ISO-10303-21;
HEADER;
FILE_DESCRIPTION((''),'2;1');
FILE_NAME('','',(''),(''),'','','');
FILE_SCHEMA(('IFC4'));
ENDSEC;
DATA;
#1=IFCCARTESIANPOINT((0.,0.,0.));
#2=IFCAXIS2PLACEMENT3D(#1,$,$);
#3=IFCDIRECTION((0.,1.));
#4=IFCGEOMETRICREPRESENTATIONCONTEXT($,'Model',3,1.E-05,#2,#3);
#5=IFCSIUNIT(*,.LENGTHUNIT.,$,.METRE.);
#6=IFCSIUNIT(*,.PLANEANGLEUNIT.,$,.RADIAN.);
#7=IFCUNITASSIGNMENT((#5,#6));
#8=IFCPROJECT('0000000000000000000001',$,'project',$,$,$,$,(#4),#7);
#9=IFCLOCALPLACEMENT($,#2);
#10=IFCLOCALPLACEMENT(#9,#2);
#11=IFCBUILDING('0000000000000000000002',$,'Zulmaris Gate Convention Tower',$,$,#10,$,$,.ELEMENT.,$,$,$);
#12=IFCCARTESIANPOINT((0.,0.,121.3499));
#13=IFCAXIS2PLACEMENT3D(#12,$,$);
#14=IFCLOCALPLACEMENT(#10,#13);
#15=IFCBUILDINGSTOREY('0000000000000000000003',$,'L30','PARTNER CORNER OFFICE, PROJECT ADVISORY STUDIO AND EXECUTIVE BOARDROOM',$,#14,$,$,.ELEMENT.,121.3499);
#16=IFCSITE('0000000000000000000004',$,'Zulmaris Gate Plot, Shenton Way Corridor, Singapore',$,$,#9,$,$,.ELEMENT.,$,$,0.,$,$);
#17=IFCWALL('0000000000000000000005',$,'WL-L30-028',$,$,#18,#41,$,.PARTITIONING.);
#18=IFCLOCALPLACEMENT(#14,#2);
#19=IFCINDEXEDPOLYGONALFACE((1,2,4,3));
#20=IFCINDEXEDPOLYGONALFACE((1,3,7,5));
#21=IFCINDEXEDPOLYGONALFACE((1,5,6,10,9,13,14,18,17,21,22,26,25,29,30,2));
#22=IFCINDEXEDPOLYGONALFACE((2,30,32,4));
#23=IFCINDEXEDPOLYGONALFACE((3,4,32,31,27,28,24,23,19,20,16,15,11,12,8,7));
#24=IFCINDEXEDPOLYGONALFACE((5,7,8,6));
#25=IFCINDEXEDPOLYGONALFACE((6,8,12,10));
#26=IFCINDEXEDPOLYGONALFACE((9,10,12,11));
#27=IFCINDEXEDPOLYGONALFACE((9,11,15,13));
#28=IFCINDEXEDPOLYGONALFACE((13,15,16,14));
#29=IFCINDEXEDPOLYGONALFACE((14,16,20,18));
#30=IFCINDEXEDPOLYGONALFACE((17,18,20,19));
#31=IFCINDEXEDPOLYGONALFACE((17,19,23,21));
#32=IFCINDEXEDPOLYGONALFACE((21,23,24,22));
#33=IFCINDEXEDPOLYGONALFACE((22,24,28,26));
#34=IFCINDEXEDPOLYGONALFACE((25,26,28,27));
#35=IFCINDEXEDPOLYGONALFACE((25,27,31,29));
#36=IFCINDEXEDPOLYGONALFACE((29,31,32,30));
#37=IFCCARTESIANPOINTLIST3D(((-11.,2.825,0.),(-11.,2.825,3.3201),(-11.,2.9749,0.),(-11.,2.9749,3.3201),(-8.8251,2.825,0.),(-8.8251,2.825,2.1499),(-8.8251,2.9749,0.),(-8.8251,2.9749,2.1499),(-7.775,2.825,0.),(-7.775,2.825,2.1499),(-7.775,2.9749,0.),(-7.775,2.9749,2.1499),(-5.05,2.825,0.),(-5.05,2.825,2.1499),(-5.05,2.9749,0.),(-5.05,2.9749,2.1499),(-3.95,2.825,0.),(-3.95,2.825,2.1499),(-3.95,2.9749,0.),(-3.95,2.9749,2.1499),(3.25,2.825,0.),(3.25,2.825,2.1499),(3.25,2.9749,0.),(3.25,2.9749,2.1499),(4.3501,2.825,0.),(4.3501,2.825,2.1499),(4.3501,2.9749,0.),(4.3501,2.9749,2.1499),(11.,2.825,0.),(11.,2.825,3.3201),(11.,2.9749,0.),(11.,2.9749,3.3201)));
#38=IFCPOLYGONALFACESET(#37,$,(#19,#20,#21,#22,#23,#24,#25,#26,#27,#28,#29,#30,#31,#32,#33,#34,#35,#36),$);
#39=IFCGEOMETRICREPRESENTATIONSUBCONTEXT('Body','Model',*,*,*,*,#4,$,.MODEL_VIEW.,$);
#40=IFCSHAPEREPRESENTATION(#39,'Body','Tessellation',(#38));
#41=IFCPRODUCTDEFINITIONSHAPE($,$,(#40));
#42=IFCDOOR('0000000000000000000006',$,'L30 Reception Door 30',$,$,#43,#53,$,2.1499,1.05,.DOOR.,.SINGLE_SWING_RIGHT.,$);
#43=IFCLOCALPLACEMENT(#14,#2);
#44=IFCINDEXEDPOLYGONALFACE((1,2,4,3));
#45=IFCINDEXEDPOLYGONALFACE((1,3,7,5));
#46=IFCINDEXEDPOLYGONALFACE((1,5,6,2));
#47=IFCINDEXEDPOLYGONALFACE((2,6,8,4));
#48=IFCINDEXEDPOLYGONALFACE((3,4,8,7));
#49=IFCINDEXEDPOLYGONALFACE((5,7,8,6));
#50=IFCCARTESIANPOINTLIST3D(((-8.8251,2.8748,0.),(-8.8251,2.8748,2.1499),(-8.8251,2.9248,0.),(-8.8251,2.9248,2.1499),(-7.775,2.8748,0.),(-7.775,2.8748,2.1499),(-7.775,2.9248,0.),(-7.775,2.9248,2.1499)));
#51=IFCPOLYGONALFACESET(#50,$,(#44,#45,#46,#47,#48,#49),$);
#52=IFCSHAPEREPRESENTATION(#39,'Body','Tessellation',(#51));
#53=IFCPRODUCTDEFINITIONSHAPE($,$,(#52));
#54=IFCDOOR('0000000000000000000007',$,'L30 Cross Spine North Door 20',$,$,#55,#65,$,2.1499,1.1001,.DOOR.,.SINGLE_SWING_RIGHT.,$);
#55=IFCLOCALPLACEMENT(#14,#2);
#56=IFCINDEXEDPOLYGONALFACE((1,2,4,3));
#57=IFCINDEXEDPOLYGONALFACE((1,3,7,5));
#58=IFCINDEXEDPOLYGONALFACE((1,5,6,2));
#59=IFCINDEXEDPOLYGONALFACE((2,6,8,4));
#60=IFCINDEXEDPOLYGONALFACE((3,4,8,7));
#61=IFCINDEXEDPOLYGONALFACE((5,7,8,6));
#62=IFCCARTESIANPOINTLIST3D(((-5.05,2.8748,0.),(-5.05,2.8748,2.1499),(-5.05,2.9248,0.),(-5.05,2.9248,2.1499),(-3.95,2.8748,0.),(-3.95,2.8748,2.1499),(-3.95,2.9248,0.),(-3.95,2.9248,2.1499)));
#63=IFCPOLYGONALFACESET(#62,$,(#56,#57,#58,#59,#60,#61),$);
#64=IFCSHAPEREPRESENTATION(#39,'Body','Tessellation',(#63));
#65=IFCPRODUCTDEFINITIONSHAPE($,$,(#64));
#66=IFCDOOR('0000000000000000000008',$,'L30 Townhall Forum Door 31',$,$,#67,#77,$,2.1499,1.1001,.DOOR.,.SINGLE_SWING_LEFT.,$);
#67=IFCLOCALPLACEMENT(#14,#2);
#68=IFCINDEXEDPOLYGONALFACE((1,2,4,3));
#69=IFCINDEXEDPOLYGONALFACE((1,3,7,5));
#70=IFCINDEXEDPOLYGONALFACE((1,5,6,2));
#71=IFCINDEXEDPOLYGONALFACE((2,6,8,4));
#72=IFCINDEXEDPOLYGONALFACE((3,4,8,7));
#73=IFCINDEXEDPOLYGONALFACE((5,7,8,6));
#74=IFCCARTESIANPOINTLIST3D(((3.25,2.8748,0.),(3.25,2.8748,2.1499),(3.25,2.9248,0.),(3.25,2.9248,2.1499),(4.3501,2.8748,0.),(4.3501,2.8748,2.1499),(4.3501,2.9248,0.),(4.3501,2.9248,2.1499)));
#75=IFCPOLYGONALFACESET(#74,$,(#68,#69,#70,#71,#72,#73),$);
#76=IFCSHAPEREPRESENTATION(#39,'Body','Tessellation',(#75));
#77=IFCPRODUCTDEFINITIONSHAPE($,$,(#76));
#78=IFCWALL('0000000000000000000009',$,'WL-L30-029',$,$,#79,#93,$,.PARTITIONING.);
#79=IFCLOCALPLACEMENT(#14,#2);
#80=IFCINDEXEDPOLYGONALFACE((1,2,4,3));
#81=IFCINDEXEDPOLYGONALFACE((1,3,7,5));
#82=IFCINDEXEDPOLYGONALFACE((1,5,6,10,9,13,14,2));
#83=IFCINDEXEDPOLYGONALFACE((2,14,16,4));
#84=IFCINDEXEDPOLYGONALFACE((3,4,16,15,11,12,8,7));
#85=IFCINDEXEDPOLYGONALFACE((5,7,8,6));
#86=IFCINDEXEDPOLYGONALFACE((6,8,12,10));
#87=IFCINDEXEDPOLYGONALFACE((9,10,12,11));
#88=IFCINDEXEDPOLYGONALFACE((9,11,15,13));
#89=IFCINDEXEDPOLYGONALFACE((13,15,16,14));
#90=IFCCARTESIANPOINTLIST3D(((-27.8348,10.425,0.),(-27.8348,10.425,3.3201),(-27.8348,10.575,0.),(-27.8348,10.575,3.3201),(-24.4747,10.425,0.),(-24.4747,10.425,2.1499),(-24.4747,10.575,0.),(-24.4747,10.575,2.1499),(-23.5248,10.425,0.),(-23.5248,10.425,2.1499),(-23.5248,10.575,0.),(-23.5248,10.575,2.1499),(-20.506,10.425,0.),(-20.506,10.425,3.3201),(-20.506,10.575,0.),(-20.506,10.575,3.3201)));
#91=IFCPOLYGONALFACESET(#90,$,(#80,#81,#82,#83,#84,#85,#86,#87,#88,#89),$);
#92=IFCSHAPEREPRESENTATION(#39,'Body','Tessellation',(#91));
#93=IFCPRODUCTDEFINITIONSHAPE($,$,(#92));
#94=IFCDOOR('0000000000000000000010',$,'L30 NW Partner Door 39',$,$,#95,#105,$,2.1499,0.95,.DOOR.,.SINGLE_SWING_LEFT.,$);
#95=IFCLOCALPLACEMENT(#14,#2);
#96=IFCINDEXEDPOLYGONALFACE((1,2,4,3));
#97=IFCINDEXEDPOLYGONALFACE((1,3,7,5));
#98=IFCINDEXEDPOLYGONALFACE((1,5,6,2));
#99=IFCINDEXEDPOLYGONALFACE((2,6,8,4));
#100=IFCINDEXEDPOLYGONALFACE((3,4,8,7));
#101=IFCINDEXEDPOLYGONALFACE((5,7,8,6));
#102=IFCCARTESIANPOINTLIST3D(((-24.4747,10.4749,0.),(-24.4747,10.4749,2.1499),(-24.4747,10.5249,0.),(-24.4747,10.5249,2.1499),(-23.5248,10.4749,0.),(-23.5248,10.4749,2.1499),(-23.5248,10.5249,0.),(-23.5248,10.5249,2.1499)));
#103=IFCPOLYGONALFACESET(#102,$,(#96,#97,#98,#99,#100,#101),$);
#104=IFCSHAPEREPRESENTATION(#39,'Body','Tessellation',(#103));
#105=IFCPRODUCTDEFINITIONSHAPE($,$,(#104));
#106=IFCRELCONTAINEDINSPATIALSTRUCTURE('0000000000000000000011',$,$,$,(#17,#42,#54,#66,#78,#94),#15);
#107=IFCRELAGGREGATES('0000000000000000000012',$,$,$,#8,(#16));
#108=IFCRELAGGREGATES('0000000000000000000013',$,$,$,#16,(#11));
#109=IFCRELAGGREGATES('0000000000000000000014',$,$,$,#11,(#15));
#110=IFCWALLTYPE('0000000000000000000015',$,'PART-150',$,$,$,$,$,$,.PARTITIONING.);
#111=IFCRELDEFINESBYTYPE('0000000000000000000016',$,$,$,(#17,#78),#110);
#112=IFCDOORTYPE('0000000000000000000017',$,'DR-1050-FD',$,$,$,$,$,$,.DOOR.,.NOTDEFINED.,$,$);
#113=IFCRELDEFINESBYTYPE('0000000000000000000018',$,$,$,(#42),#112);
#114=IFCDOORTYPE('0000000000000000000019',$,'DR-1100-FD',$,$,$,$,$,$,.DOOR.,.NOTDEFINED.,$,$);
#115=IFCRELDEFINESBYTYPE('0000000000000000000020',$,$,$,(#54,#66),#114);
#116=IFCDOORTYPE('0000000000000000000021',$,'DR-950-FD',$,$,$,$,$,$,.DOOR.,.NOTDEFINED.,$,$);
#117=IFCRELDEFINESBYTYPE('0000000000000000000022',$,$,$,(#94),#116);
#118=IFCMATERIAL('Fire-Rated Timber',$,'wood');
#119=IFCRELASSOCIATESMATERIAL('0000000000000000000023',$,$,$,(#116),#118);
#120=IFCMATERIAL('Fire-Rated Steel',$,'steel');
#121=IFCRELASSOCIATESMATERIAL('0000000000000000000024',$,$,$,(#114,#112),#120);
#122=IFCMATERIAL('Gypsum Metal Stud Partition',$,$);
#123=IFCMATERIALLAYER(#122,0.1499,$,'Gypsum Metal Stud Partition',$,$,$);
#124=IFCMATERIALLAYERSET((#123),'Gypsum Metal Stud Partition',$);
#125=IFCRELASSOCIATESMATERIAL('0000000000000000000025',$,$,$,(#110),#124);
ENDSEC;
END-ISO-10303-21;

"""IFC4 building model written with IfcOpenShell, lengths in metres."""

from ifc_helpers import new_model, si_unit, direction, frame, frame_2d, origin, place, context, subcontext, project, spatial, rectangle, extrude, material, layer, layer_set, type_object, element, fill, save


model = new_model("IFC4")

# Units and contexts
model_context = context("Model", 3, precision=1e-05, world=origin(), true_north=direction((0.0, 1.0)))
body_context = subcontext(model_context, "Body", "Model", "MODEL_VIEW")
ifc_project = project(units=[si_unit("LENGTHUNIT", "METRE"), si_unit("PLANEANGLEUNIT", "RADIAN")], contexts=[model_context])

# Site, building, storey
site_placement = place(None, origin())
site = spatial("IfcSite", under=ifc_project, at=site_placement, Name="Zulmaris Gate Plot, Shenton Way Corridor, Singapore", CompositionType="ELEMENT", RefElevation=0.0)
building_placement = place(site_placement, origin())
building = spatial("IfcBuilding", under=site, at=building_placement, Name="Zulmaris Gate Convention Tower", CompositionType="ELEMENT")
storey_placement = place(building_placement, frame((0.0, 0.0, 121.3499)))
storey = spatial("IfcBuildingStorey", under=building, at=storey_placement, Name="L30", Description="PARTNER CORNER OFFICE, PROJECT ADVISORY STUDIO AND EXECUTIVE BOARDROOM", CompositionType="ELEMENT", Elevation=121.3499)

# Shared definitions
ifc_material_1 = material(Name="Fire-Rated Timber", Category="wood")
door_type_1 = type_object("IfcDoorType", Name="DR-950-FD", OperationType="NOTDEFINED", PredefinedType="DOOR", material=ifc_material_1)
ifc_material_2 = material(Name="Fire-Rated Steel", Category="steel")
door_type_2 = type_object("IfcDoorType", Name="DR-1100-FD", OperationType="NOTDEFINED", PredefinedType="DOOR", material=ifc_material_2)

# Shared definitions
door_type_3 = type_object("IfcDoorType", Name="DR-1050-FD", OperationType="NOTDEFINED", PredefinedType="DOOR", material=ifc_material_2)

# Wall, openings, doors
ifc_material_3 = material(Name="Gypsum Metal Stud Partition")
ifc_layer_1 = layer(ifc_material_3, 0.1499, Name="Gypsum Metal Stud Partition")
ifc_layer_set_1 = layer_set([ifc_layer_1], Name="Gypsum Metal Stud Partition")
wall_type_1 = type_object("IfcWallType", Name="PART-150", PredefinedType="PARTITIONING", material=ifc_layer_set_1)
wall_1_placement = place(storey_placement, frame((-11.0, 2.8999, 0.0), z_axis=(0.0, 0.0, 1.0), x_axis=(1.0, 0.0, 0.0)))
wall_1 = element("IfcWall", 1, at=wall_1_placement, inside=storey, type_object=wall_type_1, Name="WL-L30-028", PredefinedType="PARTITIONING", context=body_context, shape_type="SweptSolid", body=[
    extrude(rectangle(XDim=22.0, YDim=0.1499, at=frame_2d((11.0, 0.0))), origin(), (0.0, 0.0, 1.0), 3.3201),
])
opening_1_placement = place(wall_1_placement, frame((5.95, 0.0, 0.0)))
opening_1 = element("IfcOpeningElement", 2, at=opening_1_placement, cuts=wall_1, PredefinedType="OPENING", context=body_context, shape_type="SweptSolid", body=[
    extrude(rectangle(XDim=1.1001, YDim=2.1499, at=frame_2d((0.55, 1.075))), frame((0.0, 0.085, 0.0), z_axis=(0.0, -1.0, 0.0), x_axis=(1.0, 0.0, 0.0)), (0.0, 0.0, 1.0), 0.1699),
])
opening_2_placement = place(wall_1_placement, frame((2.175, 0.0, 0.0)))
opening_2 = element("IfcOpeningElement", 3, at=opening_2_placement, cuts=wall_1, PredefinedType="OPENING", context=body_context, shape_type="SweptSolid", body=[
    extrude(rectangle(XDim=1.05, YDim=2.1499, at=frame_2d((0.5249, 1.075))), frame((0.0, 0.085, 0.0), z_axis=(0.0, -1.0, 0.0), x_axis=(1.0, 0.0, 0.0)), (0.0, 0.0, 1.0), 0.1699),
])
opening_3_placement = place(wall_1_placement, frame((14.25, 0.0, 0.0)))
opening_3 = element("IfcOpeningElement", 4, at=opening_3_placement, cuts=wall_1, PredefinedType="OPENING", context=body_context, shape_type="SweptSolid", body=[
    extrude(rectangle(XDim=1.1001, YDim=2.1499, at=frame_2d((0.55, 1.075))), frame((0.0, 0.085, 0.0), z_axis=(0.0, -1.0, 0.0), x_axis=(1.0, 0.0, 0.0)), (0.0, 0.0, 1.0), 0.1699),
])
door_1_placement = place(opening_2_placement, origin())
door_1 = element("IfcDoor", 5, at=door_1_placement, inside=storey, type_object=door_type_3, Name="L30 Reception Door 30", OperationType="SINGLE_SWING_RIGHT", OverallHeight=2.1499, OverallWidth=1.05, PredefinedType="DOOR", context=body_context, shape_type="SweptSolid", body=[
    extrude(rectangle(XDim=1.05, YDim=2.1499, at=frame_2d((0.5249, 1.075))), frame((0.0, 0.0249, 0.0), z_axis=(0.0, -1.0, 0.0), x_axis=(1.0, 0.0, 0.0)), (0.0, 0.0, 1.0), 0.05),
])
fill(opening_2, door_1)
door_2_placement = place(opening_1_placement, origin())
door_2 = element("IfcDoor", 6, at=door_2_placement, inside=storey, type_object=door_type_2, Name="L30 Cross Spine North Door 20", OperationType="SINGLE_SWING_RIGHT", OverallHeight=2.1499, OverallWidth=1.1001, PredefinedType="DOOR", context=body_context, shape_type="SweptSolid", body=[
    extrude(rectangle(XDim=1.1001, YDim=2.1499, at=frame_2d((0.55, 1.075))), frame((0.0, 0.0249, 0.0), z_axis=(0.0, -1.0, 0.0), x_axis=(1.0, 0.0, 0.0)), (0.0, 0.0, 1.0), 0.05),
])
fill(opening_1, door_2)
door_3_placement = place(opening_3_placement, origin())
door_3 = element("IfcDoor", 7, at=door_3_placement, inside=storey, type_object=door_type_2, Name="L30 Townhall Forum Door 31", OperationType="SINGLE_SWING_LEFT", OverallHeight=2.1499, OverallWidth=1.1001, PredefinedType="DOOR", context=body_context, shape_type="SweptSolid", body=[
    extrude(rectangle(XDim=1.1001, YDim=2.1499, at=frame_2d((0.55, 1.075))), frame((0.0, 0.0249, 0.0), z_axis=(0.0, -1.0, 0.0), x_axis=(1.0, 0.0, 0.0)), (0.0, 0.0, 1.0), 0.05),
])
fill(opening_3, door_3)

# Wall, opening, door
wall_2_placement = place(storey_placement, frame((-27.835, 10.5, 0.0), z_axis=(0.0, 0.0, 1.0), x_axis=(1.0, 0.0, 0.0)))
wall_2 = element("IfcWall", 8, at=wall_2_placement, inside=storey, type_object=wall_type_1, Name="WL-L30-029", PredefinedType="PARTITIONING", context=body_context, shape_type="SweptSolid", body=[
    extrude(rectangle(XDim=7.3289, YDim=0.1499, at=frame_2d((3.6646, 0.0))), origin(), (0.0, 0.0, 1.0), 3.3201),
])
opening_4_placement = place(wall_2_placement, frame((3.3601, 0.0, 0.0)))
opening_4 = element("IfcOpeningElement", 9, at=opening_4_placement, cuts=wall_2, PredefinedType="OPENING", context=body_context, shape_type="SweptSolid", body=[
    extrude(rectangle(XDim=0.95, YDim=2.1499, at=frame_2d((0.4751, 1.075))), frame((0.0, 0.085, 0.0), z_axis=(0.0, -1.0, 0.0), x_axis=(1.0, 0.0, 0.0)), (0.0, 0.0, 1.0), 0.1699),
])
door_4_placement = place(opening_4_placement, origin())
door_4 = element("IfcDoor", 10, at=door_4_placement, inside=storey, type_object=door_type_1, Name="L30 NW Partner Door 39", OperationType="SINGLE_SWING_LEFT", OverallHeight=2.1499, OverallWidth=0.95, PredefinedType="DOOR", context=body_context, shape_type="SweptSolid", body=[
    extrude(rectangle(XDim=0.95, YDim=2.1499, at=frame_2d((0.4751, 1.075))), frame((0.0, 0.0249, 0.0), z_axis=(0.0, -1.0, 0.0), x_axis=(1.0, 0.0, 0.0)), (0.0, 0.0, 1.0), 0.05),
])
fill(opening_4, door_4)

save(model, "model.ifc")
